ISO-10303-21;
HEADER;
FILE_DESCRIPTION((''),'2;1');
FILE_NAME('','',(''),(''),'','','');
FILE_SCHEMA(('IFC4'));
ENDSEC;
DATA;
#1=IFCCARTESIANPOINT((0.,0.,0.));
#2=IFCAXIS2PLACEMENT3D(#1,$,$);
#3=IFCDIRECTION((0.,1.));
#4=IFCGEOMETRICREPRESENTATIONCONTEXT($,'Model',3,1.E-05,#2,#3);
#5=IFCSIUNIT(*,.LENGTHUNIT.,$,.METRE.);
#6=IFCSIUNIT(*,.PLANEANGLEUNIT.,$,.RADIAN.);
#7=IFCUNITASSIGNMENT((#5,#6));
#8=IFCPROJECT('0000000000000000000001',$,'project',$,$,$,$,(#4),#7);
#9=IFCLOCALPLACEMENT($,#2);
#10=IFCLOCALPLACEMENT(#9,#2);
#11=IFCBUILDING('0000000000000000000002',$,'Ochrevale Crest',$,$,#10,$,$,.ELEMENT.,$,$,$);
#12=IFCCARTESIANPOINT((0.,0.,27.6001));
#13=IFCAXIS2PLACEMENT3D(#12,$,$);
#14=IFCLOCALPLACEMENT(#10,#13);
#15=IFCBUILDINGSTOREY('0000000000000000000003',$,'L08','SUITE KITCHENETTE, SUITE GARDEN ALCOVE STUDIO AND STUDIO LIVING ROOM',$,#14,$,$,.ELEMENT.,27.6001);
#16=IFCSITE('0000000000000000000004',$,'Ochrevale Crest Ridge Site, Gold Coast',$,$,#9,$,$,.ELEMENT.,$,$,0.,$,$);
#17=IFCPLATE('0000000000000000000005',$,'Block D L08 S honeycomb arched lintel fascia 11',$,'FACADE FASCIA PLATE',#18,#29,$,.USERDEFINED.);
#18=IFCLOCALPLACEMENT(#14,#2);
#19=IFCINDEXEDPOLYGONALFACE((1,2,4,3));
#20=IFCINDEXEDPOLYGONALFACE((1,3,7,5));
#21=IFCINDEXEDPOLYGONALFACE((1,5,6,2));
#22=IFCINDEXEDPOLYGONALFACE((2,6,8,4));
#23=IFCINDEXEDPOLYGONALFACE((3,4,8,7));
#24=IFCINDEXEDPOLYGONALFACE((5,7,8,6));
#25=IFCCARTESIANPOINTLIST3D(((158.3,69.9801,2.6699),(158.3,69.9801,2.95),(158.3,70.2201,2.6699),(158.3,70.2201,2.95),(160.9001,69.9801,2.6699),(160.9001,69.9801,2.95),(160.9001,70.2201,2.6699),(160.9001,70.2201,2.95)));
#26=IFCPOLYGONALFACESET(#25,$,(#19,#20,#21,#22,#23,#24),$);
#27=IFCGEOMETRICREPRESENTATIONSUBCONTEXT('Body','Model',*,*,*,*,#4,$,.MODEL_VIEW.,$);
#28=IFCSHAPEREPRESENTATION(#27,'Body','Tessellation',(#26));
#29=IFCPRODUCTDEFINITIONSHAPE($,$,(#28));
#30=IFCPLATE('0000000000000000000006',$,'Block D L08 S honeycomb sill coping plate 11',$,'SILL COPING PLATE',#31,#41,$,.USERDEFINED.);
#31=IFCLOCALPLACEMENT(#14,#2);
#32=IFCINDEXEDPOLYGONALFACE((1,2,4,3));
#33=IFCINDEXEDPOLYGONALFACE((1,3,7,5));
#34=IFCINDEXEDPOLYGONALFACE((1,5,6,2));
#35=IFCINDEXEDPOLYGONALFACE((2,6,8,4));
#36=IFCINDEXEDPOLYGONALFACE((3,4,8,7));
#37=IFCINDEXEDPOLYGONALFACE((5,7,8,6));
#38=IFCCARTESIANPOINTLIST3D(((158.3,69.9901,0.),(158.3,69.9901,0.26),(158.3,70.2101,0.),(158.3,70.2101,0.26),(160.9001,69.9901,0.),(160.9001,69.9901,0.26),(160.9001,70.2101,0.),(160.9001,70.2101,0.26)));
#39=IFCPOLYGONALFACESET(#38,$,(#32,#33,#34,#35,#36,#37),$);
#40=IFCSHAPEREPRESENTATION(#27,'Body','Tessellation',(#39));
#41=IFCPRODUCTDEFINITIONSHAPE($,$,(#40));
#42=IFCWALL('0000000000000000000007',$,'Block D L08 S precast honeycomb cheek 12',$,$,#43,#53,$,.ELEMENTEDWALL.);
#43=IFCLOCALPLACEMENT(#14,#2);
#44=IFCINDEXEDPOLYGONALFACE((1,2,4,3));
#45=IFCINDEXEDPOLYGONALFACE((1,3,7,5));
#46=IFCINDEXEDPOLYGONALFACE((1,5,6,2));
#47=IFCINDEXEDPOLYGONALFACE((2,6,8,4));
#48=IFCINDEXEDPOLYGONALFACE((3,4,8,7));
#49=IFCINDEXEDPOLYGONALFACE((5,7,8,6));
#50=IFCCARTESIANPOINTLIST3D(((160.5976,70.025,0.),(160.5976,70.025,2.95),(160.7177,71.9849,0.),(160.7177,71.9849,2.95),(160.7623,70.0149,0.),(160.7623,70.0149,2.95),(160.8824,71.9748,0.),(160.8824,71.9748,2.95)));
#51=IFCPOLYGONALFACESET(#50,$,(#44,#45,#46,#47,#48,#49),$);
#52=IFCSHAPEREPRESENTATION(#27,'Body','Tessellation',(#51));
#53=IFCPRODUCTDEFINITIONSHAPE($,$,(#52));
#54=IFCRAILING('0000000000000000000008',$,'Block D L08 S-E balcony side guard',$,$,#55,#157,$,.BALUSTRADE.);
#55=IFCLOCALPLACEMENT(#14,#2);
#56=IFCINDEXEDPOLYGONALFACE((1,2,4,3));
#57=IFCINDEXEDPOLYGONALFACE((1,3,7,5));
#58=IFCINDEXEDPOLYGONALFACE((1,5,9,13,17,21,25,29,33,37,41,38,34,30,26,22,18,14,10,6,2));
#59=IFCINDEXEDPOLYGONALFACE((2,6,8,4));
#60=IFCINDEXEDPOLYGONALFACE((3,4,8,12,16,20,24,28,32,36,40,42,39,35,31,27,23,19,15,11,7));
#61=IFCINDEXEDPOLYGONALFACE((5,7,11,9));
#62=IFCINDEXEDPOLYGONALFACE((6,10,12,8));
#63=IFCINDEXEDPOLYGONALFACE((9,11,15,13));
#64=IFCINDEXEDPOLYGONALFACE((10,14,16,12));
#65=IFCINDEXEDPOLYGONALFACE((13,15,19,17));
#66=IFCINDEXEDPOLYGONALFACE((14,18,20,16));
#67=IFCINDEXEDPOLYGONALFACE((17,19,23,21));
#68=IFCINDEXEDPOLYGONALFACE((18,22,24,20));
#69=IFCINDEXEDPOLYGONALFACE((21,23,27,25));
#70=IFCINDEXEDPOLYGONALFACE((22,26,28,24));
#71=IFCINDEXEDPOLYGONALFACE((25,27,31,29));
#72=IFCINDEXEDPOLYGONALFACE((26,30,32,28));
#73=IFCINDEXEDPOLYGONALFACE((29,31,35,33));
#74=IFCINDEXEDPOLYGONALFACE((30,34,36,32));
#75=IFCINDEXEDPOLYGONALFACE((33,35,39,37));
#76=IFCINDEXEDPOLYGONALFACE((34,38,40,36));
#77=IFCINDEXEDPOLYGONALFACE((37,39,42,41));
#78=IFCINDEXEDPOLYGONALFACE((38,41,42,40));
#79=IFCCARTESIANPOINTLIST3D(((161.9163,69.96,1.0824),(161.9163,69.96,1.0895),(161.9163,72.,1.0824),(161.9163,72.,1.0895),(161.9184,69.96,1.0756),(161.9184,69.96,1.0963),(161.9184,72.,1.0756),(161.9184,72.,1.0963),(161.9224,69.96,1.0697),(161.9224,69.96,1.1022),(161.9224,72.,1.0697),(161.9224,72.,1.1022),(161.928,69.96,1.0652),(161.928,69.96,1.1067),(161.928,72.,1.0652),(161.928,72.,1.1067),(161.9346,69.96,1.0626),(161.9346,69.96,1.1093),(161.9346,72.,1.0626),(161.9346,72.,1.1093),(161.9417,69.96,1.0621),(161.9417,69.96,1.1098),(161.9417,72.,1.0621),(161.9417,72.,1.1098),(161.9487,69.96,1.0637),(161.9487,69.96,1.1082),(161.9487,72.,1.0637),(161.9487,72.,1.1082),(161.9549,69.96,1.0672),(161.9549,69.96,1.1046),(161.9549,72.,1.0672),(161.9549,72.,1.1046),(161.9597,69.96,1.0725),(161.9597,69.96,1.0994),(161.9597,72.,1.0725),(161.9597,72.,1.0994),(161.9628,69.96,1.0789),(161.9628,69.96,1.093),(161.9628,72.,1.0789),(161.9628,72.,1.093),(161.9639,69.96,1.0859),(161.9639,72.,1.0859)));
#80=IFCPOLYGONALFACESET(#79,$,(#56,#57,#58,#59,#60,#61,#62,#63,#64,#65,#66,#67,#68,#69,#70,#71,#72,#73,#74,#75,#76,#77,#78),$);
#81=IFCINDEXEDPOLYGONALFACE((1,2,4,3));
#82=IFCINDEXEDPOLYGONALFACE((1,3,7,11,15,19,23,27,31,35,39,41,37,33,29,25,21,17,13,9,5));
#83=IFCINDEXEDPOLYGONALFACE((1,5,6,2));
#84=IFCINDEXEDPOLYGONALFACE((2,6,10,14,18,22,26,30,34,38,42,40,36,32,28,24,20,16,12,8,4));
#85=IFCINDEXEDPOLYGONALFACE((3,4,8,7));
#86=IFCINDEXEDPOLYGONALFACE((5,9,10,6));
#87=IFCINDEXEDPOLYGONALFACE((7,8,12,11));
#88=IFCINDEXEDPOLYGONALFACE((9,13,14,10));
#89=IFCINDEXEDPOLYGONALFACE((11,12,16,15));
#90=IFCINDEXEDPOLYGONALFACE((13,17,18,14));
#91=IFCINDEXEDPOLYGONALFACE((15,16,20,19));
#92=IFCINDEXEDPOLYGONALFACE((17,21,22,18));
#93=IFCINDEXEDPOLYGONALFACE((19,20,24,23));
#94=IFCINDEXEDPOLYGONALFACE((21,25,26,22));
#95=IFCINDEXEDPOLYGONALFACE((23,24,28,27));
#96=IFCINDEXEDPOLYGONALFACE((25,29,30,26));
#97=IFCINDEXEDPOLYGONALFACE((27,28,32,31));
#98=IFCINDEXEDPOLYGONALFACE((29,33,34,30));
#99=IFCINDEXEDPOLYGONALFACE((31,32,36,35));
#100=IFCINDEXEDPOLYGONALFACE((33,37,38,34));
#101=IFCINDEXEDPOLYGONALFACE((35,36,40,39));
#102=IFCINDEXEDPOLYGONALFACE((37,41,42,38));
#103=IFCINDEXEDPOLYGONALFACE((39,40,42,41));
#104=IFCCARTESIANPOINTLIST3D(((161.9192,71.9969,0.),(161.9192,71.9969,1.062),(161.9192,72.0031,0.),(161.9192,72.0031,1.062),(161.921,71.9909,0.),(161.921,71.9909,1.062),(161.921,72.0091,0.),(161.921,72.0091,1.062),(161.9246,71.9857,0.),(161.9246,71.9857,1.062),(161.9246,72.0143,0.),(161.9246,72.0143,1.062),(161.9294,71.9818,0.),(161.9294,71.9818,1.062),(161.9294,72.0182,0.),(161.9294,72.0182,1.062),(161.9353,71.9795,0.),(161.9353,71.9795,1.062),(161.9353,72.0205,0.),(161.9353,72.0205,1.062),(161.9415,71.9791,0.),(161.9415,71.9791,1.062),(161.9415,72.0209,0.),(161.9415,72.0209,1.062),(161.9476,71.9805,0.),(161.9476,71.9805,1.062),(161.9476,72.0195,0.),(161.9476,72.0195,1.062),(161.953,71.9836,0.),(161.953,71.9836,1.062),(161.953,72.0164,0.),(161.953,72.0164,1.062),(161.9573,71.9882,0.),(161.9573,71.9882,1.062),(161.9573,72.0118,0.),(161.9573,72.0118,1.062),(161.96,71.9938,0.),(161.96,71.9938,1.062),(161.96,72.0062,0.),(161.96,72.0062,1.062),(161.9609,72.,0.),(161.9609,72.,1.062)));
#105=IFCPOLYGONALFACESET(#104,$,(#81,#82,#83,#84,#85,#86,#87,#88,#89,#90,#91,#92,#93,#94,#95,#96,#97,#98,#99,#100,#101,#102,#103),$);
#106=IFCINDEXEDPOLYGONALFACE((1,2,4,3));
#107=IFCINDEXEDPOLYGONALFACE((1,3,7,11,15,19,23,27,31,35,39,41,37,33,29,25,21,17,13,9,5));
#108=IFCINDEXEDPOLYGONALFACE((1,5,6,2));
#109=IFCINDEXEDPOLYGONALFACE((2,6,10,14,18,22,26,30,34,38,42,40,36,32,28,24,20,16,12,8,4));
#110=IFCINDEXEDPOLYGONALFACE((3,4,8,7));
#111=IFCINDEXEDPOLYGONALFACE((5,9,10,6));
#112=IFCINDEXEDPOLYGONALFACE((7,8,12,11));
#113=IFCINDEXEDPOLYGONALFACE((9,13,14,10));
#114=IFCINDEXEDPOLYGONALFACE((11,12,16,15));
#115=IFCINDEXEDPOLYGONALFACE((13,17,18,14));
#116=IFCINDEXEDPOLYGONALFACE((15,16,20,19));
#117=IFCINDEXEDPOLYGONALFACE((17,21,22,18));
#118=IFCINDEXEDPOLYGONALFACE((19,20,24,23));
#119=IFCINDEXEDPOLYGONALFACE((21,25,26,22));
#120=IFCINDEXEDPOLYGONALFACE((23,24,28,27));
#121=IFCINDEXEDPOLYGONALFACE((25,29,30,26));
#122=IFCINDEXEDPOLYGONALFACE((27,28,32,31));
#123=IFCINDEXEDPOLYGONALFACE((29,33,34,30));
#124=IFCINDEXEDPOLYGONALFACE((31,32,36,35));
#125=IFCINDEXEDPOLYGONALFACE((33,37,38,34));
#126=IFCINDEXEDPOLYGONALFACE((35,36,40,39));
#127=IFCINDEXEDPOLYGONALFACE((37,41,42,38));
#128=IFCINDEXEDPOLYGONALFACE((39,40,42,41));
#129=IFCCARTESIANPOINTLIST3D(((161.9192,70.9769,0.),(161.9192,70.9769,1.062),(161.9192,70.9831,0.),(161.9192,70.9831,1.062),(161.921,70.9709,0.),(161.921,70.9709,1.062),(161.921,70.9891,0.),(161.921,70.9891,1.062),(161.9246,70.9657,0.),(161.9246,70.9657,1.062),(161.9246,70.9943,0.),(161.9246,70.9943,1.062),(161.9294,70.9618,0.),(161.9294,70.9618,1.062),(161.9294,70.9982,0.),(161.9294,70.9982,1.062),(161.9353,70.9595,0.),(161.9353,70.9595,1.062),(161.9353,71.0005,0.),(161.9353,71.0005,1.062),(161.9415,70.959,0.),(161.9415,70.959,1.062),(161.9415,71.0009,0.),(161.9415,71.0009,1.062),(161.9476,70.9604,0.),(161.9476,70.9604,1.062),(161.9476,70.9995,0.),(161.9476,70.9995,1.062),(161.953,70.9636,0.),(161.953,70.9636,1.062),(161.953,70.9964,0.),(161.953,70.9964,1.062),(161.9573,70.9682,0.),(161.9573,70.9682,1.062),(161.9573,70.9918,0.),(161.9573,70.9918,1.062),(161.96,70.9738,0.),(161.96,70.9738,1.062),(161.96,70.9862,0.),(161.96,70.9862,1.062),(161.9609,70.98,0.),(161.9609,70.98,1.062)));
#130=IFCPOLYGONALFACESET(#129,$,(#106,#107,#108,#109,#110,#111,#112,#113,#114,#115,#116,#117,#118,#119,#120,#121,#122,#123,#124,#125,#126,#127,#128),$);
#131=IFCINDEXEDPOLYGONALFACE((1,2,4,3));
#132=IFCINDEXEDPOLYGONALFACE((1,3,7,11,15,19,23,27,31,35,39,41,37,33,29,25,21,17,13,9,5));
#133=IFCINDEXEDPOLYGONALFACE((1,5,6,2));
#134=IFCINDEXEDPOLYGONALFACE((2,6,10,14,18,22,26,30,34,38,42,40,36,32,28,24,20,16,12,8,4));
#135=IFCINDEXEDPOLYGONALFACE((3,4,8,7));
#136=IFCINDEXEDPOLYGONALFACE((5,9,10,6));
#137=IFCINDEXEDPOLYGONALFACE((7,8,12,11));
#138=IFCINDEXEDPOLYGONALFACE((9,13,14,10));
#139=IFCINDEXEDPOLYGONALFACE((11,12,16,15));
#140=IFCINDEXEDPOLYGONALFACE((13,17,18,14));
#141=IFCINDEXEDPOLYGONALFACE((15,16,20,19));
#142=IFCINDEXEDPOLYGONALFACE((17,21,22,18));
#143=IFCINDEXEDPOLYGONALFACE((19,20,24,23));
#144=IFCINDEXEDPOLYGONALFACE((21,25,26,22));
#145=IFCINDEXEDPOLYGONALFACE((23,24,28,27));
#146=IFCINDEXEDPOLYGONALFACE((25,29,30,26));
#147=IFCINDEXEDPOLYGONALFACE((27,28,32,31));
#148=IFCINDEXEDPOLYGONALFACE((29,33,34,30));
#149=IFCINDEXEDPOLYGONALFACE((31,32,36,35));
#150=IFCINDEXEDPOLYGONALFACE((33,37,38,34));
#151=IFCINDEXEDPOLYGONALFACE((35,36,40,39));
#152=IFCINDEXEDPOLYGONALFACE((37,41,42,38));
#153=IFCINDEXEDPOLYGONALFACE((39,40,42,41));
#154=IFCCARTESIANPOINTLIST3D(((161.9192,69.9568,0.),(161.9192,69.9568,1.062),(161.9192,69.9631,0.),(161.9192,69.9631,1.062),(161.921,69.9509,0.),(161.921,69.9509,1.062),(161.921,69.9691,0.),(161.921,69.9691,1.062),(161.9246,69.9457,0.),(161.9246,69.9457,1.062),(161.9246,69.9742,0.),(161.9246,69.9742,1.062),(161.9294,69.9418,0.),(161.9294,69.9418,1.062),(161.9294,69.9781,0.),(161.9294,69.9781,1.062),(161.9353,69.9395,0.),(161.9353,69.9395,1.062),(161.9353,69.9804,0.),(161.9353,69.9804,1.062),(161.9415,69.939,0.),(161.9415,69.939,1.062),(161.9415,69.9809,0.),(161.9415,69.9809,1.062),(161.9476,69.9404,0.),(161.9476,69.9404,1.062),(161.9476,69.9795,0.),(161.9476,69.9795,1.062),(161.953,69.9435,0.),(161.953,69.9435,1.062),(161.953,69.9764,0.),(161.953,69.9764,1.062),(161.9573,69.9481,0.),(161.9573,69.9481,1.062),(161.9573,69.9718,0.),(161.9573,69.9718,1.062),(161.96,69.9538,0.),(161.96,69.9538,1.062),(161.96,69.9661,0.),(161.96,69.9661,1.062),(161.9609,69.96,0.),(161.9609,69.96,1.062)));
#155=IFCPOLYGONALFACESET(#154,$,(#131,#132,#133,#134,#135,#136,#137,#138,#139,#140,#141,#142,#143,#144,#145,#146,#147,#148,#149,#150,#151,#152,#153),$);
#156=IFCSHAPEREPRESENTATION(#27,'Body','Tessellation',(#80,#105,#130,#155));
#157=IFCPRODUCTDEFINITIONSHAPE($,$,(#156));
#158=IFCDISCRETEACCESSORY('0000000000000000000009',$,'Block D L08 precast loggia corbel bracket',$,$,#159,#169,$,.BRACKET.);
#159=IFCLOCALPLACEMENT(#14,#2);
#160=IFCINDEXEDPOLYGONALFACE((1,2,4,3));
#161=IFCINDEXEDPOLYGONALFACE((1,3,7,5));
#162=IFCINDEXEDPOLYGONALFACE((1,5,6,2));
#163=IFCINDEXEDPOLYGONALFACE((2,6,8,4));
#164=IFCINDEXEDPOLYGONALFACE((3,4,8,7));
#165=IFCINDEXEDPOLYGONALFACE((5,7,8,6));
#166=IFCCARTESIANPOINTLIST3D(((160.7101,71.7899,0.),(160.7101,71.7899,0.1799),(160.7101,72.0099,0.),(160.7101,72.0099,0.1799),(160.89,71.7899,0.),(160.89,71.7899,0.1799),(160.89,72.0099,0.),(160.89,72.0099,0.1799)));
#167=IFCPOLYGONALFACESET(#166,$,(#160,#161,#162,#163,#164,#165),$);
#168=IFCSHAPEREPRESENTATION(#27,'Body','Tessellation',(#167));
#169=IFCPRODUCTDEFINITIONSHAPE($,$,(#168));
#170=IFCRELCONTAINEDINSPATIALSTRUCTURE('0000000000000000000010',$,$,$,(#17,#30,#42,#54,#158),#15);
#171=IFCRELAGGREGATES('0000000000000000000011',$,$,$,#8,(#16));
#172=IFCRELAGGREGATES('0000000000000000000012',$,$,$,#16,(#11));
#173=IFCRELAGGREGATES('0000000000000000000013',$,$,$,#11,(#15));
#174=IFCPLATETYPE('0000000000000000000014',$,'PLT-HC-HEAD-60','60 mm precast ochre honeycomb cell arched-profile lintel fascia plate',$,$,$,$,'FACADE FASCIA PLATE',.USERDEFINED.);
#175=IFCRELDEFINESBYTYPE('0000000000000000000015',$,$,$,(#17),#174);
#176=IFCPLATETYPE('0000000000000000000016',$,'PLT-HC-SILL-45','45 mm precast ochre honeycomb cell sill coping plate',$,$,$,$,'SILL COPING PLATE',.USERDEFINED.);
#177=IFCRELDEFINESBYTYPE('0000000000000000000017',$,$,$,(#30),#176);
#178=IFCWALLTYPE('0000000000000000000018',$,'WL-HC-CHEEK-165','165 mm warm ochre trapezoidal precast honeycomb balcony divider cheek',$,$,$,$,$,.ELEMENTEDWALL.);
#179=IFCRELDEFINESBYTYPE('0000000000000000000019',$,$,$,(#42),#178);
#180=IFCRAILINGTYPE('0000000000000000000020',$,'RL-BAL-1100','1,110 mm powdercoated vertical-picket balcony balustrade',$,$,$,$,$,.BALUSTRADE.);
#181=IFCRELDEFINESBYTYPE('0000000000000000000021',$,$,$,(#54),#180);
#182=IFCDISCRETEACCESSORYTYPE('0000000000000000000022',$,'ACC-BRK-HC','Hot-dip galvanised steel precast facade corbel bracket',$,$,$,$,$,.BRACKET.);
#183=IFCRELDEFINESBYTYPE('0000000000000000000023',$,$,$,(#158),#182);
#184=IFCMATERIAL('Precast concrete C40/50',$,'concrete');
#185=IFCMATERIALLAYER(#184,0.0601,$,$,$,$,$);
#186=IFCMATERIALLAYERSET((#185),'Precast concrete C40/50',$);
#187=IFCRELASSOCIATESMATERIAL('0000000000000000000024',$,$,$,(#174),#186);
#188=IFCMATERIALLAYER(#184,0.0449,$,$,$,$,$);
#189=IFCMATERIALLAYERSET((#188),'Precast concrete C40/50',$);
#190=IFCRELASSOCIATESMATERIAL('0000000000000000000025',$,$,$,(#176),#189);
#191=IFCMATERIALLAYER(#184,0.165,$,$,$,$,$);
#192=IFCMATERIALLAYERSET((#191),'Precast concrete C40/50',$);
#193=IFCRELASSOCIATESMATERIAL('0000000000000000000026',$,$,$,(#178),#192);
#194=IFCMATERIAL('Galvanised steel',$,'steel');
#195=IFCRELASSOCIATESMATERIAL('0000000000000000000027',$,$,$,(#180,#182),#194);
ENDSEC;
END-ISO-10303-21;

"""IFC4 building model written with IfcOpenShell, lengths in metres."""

from ifc_helpers import new_model, si_unit, direction, frame, frame_2d, origin, origin_2d, place, context, subcontext, project, spatial, rectangle, circle, extrude, material, layer, layer_set, type_object, element, save


model = new_model("IFC4")

# Units and contexts
model_context = context("Model", 3, precision=1e-05, world=origin(), true_north=direction((0.0, 1.0)))
body_context = subcontext(model_context, "Body", "Model", "MODEL_VIEW")
ifc_project = project(units=[si_unit("LENGTHUNIT", "METRE"), si_unit("PLANEANGLEUNIT", "RADIAN")], contexts=[model_context])

# Site, building, storey
site_placement = place(None, origin())
site = spatial("IfcSite", under=ifc_project, at=site_placement, Name="Ochrevale Crest Ridge Site, Gold Coast", CompositionType="ELEMENT", RefElevation=0.0)
building_placement = place(site_placement, origin())
building = spatial("IfcBuilding", under=site, at=building_placement, Name="Ochrevale Crest", CompositionType="ELEMENT")
storey_placement = place(building_placement, frame((0.0, 0.0, 27.6001)))
storey = spatial("IfcBuildingStorey", under=building, at=storey_placement, Name="L08", Description="SUITE KITCHENETTE, SUITE GARDEN ALCOVE STUDIO AND STUDIO LIVING ROOM", CompositionType="ELEMENT", Elevation=27.6001)

# Plates
ifc_material_1 = material(Name="Precast concrete C40/50", Category="concrete")
ifc_layer_1 = layer(ifc_material_1, 0.0601)
ifc_layer_set_1 = layer_set([ifc_layer_1], Name="Precast concrete C40/50")
plate_type_1 = type_object("IfcPlateType", Name="PLT-HC-HEAD-60", Description="60 mm precast ochre honeycomb cell arched-profile lintel fascia plate", ElementType="FACADE FASCIA PLATE", PredefinedType="USERDEFINED", material=ifc_layer_set_1)
plate_1_placement = place(storey_placement, frame((159.6001, 70.1001, 2.6699), z_axis=(0.0, 0.0, 1.0), x_axis=(1.0, 0.0, 0.0)))
element("IfcPlate", 1, at=plate_1_placement, inside=storey, type_object=plate_type_1, Name="Block D L08 S honeycomb arched lintel fascia 11", ObjectType="FACADE FASCIA PLATE", PredefinedType="USERDEFINED", context=body_context, shape_type="SweptSolid", body=[
    extrude(rectangle(XDim=2.6001, YDim=0.24, at=origin_2d()), origin(), (0.0, 0.0, 1.0), 0.28),
])
ifc_layer_2 = layer(ifc_material_1, 0.0449)
ifc_layer_set_2 = layer_set([ifc_layer_2], Name="Precast concrete C40/50")
plate_type_2 = type_object("IfcPlateType", Name="PLT-HC-SILL-45", Description="45 mm precast ochre honeycomb cell sill coping plate", ElementType="SILL COPING PLATE", PredefinedType="USERDEFINED", material=ifc_layer_set_2)
plate_2_placement = place(storey_placement, frame((159.6001, 70.1001, 0.0), z_axis=(0.0, 0.0, 1.0), x_axis=(1.0, 0.0, 0.0)))
element("IfcPlate", 2, at=plate_2_placement, inside=storey, type_object=plate_type_2, Name="Block D L08 S honeycomb sill coping plate 11", ObjectType="SILL COPING PLATE", PredefinedType="USERDEFINED", context=body_context, shape_type="SweptSolid", body=[
    extrude(rectangle(XDim=2.6001, YDim=0.22, at=origin_2d()), origin(), (0.0, 0.0, 1.0), 0.26),
])

# Wall
ifc_layer_3 = layer(ifc_material_1, 0.165)
ifc_layer_set_3 = layer_set([ifc_layer_3], Name="Precast concrete C40/50")
wall_type = type_object("IfcWallType", Name="WL-HC-CHEEK-165", Description="165 mm warm ochre trapezoidal precast honeycomb balcony divider cheek", PredefinedType="ELEMENTEDWALL", material=ifc_layer_set_3)
wall_placement = place(storey_placement, frame((160.8, 71.98, 0.0), z_axis=(0.0, 0.0, 1.0), x_axis=(-0.061171, -0.998127, 0.0)))
element("IfcWall", 3, at=wall_placement, inside=storey, type_object=wall_type, Name="Block D L08 S precast honeycomb cheek 12", PredefinedType="ELEMENTEDWALL", context=body_context, shape_type="SweptSolid", body=[
    extrude(rectangle(XDim=1.9636, YDim=0.165, at=frame_2d((0.9819, 0.0))), origin(), (0.0, 0.0, 1.0), 2.95),
])

# Railing
ifc_material_2 = material(Name="Galvanised steel", Category="steel")
railing_type = type_object("IfcRailingType", Name="RL-BAL-1100", Description="1,110 mm powdercoated vertical-picket balcony balustrade", PredefinedType="BALUSTRADE", material=ifc_material_2)
railing_placement = place(storey_placement, frame((161.9399, 72.0, 0.0)))
element("IfcRailing", 4, at=railing_placement, inside=storey, type_object=railing_type, Name="Block D L08 S-E balcony side guard", PredefinedType="BALUSTRADE", context=body_context, shape_type="SweptSolid", body=[
    extrude(circle(Radius=0.0239, at=origin_2d()), frame((0.0, 0.0, 1.0859), z_axis=(0.0, -1.0, 0.0), x_axis=(1.0, 0.0, 0.0)), (0.0, 0.0, 1.0), 2.04),
    extrude(circle(Radius=0.021, at=origin_2d()), origin(), (0.0, 0.0, 1.0), 1.062),
    extrude(circle(Radius=0.021, at=origin_2d()), frame((0.0, -1.02, 0.0)), (0.0, 0.0, 1.0), 1.062),
    extrude(circle(Radius=0.021, at=origin_2d()), frame((0.0, -2.04, 0.0)), (0.0, 0.0, 1.0), 1.062),
])

# Discrete accessory
discrete_accessory_type = type_object("IfcDiscreteAccessoryType", Name="ACC-BRK-HC", Description="Hot-dip galvanised steel precast facade corbel bracket", PredefinedType="BRACKET", material=ifc_material_2)
discrete_accessory_placement = place(storey_placement, frame((160.8, 71.8999, 0.0), z_axis=(0.0, 0.0, 1.0), x_axis=(1.0, 0.0, 0.0)))
element("IfcDiscreteAccessory", 5, at=discrete_accessory_placement, inside=storey, type_object=discrete_accessory_type, Name="Block D L08 precast loggia corbel bracket", PredefinedType="BRACKET", context=body_context, shape_type="SweptSolid", body=[
    extrude(rectangle(XDim=0.1799, YDim=0.22, at=origin_2d()), origin(), (0.0, 0.0, 1.0), 0.1799),
])

save(model, "model.ifc")
